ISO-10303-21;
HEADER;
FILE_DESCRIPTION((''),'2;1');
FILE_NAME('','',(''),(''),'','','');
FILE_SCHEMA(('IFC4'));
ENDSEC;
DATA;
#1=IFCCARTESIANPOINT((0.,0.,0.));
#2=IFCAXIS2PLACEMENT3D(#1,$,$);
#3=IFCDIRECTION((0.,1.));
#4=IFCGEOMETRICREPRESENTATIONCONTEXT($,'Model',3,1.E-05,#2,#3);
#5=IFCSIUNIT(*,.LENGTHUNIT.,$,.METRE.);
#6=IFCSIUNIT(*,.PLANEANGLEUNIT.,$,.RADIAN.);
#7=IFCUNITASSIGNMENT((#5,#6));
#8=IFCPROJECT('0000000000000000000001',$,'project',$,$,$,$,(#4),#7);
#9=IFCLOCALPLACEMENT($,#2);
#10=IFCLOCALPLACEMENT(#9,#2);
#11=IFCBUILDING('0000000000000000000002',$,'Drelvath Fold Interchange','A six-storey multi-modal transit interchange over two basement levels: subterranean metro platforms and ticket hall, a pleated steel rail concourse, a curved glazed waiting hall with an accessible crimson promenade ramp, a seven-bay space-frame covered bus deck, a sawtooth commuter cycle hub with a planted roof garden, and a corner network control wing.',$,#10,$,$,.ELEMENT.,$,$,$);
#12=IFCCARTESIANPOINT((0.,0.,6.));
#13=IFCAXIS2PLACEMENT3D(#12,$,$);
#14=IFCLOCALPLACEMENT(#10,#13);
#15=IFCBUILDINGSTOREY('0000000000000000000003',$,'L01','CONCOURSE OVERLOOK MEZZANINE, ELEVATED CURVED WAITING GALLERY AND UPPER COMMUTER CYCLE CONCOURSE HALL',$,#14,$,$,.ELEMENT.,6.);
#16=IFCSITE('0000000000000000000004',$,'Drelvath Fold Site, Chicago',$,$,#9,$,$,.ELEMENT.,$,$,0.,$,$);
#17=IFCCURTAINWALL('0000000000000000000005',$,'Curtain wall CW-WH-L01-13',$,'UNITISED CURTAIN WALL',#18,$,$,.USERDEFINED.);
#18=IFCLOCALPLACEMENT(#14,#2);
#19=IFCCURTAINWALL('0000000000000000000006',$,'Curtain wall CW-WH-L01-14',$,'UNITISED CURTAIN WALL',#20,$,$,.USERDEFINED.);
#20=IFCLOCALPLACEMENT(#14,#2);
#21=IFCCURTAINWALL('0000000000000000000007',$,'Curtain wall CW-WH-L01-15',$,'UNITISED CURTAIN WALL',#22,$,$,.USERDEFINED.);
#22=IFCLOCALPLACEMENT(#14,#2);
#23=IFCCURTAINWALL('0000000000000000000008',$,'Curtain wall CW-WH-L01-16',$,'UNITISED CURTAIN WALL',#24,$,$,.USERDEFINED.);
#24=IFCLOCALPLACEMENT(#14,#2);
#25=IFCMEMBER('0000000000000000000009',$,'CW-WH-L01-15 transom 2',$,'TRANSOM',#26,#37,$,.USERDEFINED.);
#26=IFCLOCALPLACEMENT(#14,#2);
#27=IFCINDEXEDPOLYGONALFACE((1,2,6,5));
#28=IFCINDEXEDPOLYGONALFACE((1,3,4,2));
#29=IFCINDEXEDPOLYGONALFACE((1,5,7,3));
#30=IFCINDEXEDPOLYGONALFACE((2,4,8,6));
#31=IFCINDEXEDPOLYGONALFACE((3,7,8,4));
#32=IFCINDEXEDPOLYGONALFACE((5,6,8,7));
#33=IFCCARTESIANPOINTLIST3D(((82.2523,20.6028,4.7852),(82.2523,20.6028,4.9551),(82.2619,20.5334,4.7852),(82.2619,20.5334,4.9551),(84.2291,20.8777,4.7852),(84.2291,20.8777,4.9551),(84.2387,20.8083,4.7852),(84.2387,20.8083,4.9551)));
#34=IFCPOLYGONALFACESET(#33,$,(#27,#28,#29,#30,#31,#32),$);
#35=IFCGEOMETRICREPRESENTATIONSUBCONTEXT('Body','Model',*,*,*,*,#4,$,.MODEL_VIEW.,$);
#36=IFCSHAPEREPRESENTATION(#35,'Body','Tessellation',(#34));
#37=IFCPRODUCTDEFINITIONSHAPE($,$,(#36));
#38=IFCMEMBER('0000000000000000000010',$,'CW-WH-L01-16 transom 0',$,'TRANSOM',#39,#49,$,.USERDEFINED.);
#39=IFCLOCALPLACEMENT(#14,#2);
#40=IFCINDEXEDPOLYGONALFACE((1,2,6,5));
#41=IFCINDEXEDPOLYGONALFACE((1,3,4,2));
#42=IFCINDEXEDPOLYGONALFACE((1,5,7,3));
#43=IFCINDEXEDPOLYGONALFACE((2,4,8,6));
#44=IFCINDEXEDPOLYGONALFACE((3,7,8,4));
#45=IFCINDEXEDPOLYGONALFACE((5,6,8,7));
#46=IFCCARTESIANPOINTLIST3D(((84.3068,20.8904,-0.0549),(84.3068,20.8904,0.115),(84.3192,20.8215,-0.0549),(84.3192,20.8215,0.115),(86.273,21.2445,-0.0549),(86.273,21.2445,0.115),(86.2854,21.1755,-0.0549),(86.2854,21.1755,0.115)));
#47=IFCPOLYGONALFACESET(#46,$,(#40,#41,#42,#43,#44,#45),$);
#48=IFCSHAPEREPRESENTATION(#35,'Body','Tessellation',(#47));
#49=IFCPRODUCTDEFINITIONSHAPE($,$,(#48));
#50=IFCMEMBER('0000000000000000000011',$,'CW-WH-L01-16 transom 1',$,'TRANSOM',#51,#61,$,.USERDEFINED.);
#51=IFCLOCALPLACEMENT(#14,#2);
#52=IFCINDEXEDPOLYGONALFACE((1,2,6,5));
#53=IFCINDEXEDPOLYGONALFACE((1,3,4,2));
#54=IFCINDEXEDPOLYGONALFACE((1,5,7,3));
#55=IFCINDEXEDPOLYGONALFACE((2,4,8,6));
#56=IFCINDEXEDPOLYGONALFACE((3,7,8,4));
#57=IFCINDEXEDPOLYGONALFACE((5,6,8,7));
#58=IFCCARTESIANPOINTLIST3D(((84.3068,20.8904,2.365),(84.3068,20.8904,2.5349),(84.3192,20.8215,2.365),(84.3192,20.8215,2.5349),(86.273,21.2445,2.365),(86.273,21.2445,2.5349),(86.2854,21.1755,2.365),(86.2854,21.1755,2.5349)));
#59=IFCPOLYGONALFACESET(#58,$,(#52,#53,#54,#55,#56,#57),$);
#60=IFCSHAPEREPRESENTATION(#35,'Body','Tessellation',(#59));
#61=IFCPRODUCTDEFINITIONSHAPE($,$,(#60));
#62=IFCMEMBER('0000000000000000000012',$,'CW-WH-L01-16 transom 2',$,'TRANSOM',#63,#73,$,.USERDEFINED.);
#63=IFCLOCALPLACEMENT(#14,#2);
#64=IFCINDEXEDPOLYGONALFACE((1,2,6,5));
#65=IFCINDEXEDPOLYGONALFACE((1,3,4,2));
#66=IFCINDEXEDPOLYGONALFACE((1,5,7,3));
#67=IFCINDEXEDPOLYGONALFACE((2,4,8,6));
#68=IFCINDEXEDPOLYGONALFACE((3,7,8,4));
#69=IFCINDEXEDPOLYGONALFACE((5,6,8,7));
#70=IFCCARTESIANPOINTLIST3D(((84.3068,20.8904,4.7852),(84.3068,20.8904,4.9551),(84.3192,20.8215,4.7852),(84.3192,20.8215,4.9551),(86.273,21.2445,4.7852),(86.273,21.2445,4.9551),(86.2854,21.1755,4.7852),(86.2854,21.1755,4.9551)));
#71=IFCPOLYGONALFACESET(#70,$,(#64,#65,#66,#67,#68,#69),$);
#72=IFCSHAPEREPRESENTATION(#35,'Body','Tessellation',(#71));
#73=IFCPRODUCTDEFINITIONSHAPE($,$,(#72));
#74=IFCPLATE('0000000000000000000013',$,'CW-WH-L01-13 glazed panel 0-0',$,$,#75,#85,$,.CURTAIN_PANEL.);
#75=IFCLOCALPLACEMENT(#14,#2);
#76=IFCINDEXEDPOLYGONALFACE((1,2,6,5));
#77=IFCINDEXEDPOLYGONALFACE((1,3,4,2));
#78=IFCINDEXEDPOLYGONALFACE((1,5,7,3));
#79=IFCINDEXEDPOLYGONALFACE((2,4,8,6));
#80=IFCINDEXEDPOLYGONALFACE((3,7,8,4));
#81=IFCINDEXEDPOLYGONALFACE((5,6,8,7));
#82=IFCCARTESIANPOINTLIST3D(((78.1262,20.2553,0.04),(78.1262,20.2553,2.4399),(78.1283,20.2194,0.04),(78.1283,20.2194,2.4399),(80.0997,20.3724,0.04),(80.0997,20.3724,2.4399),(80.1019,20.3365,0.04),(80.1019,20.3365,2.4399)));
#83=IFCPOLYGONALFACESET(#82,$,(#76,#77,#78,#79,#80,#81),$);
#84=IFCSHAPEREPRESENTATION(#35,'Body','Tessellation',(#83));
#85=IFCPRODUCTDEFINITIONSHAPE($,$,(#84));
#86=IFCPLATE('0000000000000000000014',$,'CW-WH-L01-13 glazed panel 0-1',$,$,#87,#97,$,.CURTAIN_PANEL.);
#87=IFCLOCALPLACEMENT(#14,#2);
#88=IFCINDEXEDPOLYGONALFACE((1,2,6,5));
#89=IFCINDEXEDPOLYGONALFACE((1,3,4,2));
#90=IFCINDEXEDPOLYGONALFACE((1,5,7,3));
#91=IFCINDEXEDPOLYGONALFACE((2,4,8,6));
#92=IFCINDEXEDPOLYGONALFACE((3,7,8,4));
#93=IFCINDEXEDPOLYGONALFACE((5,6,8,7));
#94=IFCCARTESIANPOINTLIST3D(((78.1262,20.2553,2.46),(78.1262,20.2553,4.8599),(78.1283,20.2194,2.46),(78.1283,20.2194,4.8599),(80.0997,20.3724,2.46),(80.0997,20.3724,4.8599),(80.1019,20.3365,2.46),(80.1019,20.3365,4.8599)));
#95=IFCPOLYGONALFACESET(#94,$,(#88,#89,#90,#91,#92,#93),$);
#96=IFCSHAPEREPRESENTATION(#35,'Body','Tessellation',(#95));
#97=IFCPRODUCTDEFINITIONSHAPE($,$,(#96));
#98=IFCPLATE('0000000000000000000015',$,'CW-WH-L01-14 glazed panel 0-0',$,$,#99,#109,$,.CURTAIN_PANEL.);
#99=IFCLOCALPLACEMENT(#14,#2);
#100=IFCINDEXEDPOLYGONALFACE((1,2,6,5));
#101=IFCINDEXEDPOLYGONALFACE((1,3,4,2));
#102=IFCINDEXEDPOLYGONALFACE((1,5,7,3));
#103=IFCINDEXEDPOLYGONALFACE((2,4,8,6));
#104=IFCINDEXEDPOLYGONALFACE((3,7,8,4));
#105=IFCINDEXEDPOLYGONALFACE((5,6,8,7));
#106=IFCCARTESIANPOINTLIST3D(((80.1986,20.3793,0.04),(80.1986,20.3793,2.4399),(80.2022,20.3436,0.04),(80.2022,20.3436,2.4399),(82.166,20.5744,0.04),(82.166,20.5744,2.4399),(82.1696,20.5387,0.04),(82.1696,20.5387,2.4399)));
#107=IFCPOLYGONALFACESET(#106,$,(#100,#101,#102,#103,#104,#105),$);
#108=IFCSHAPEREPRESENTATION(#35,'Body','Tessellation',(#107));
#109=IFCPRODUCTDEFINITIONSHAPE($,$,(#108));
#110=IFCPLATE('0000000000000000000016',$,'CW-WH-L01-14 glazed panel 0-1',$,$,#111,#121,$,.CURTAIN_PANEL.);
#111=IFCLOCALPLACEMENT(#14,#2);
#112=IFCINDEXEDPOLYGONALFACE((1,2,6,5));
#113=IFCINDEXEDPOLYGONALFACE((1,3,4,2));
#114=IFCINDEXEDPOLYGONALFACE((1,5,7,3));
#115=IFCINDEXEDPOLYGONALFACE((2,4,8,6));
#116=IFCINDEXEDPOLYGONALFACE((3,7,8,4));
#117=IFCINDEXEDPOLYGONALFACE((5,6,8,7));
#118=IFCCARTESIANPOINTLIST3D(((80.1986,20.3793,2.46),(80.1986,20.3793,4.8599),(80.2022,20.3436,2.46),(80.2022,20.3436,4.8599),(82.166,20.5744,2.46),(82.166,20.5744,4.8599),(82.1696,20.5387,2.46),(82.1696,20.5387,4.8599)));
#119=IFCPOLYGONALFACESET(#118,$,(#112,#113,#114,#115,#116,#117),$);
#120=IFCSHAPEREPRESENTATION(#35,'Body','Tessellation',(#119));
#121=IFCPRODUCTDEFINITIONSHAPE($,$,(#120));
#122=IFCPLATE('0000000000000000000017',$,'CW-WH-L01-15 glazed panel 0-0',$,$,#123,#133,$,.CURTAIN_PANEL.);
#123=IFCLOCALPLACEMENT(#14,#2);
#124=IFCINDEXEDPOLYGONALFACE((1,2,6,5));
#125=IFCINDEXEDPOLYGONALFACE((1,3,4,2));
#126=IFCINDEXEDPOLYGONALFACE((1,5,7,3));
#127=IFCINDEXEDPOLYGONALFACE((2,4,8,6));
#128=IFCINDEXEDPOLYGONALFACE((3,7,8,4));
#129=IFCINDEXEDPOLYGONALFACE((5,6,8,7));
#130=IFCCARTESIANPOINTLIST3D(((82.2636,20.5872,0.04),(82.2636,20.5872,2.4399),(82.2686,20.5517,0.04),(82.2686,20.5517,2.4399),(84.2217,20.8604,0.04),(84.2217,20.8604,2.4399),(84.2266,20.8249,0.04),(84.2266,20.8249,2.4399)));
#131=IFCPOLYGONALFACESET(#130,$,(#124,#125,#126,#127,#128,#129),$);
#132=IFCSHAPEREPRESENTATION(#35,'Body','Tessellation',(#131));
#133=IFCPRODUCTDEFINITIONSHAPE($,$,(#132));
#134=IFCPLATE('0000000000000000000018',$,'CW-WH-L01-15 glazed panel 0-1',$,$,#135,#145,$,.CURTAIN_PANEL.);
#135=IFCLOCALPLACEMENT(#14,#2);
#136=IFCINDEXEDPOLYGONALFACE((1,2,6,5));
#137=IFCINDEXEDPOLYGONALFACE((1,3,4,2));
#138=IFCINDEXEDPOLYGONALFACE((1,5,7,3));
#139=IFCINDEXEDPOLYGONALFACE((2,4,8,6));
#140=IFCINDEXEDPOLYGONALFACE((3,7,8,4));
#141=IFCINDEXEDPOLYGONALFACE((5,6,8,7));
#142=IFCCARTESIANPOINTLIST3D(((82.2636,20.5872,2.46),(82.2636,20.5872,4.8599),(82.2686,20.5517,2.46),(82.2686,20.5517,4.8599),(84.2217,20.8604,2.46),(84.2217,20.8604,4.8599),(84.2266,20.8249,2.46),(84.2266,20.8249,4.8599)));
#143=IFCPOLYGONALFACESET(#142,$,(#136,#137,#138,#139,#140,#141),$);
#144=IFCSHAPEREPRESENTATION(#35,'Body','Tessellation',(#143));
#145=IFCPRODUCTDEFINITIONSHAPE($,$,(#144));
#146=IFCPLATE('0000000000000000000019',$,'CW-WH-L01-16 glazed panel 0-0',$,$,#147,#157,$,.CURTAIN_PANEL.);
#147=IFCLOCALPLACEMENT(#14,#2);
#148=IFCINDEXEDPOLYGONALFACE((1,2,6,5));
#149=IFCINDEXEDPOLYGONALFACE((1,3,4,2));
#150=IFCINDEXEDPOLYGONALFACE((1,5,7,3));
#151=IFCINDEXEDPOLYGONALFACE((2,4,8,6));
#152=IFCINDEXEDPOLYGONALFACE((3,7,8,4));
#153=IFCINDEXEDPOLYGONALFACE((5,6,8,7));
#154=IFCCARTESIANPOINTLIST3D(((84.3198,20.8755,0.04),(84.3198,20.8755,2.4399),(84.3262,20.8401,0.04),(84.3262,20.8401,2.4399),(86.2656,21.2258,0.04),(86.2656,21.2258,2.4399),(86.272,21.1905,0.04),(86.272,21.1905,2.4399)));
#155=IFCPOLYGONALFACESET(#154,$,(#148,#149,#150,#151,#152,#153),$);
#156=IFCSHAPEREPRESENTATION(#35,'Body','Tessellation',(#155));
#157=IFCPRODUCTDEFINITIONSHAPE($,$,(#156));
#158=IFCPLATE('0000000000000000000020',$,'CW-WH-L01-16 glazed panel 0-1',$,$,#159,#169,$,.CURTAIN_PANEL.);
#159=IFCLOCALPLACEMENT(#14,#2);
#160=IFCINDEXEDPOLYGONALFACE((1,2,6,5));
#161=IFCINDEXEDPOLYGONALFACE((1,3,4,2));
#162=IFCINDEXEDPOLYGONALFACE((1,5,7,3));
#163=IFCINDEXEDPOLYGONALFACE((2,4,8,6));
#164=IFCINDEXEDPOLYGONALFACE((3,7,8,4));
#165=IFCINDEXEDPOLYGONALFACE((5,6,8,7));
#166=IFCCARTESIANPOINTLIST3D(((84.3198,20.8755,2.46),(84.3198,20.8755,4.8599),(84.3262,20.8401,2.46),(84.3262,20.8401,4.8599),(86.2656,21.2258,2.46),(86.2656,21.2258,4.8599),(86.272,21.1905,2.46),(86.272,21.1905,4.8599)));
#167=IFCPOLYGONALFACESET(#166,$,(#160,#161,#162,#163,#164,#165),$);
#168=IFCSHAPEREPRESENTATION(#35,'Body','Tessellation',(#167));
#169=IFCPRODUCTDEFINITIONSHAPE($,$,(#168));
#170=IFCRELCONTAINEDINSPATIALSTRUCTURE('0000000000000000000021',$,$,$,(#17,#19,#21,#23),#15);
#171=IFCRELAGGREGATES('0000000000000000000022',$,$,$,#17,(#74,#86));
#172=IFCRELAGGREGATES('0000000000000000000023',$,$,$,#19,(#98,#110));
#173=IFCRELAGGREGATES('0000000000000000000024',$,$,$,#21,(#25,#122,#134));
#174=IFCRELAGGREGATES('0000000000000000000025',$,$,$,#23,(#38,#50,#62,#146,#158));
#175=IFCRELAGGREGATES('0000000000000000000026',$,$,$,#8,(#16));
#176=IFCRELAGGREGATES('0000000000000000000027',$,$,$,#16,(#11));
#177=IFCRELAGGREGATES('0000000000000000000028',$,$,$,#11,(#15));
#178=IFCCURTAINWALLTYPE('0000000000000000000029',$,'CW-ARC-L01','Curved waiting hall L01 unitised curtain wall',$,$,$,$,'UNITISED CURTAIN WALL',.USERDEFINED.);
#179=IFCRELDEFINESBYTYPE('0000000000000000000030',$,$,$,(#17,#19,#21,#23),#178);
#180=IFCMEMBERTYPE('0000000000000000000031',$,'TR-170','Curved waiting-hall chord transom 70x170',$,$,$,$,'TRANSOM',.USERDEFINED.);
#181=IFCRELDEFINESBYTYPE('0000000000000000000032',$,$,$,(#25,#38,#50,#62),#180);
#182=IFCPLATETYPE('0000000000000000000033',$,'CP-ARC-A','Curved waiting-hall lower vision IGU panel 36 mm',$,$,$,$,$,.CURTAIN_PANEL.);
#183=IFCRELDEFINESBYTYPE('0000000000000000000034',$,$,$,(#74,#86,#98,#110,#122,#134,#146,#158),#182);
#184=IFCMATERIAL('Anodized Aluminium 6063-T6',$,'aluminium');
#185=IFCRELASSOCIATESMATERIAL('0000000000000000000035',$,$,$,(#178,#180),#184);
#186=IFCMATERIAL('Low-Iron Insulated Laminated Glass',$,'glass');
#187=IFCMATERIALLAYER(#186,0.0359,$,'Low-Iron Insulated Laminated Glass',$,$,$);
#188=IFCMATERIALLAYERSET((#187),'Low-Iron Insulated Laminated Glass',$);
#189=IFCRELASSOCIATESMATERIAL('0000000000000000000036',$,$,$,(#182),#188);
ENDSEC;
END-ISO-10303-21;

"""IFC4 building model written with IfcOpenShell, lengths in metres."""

from ifc_helpers import new_model, si_unit, direction, frame, origin, origin_2d, place, context, subcontext, project, spatial, rectangle, extrude, material, layer, layer_set, material_profile, profile_set, type_object, element, aggregate, save


model = new_model("IFC4")

# Units and contexts
model_context = context("Model", 3, precision=1e-05, world=origin(), true_north=direction((0.0, 1.0)))
body_context = subcontext(model_context, "Body", "Model", "MODEL_VIEW")
ifc_project = project(units=[si_unit("LENGTHUNIT", "METRE"), si_unit("PLANEANGLEUNIT", "RADIAN")], contexts=[model_context])

# Site, building, storey
site_placement = place(None, origin())
site = spatial("IfcSite", under=ifc_project, at=site_placement, Name="Drelvath Fold Site, Chicago", CompositionType="ELEMENT", RefElevation=0.0)
building_placement = place(site_placement, origin())
building = spatial("IfcBuilding", under=site, at=building_placement, Name="Drelvath Fold Interchange", Description="A six-storey multi-modal transit interchange over two basement levels: subterranean metro platforms and ticket hall, a pleated steel rail concourse, a curved glazed waiting hall with an accessible crimson promenade ramp, a seven-bay space-frame covered bus deck, a sawtooth commuter cycle hub with a planted roof garden, and a corner network control wing.", CompositionType="ELEMENT")
storey_placement = place(building_placement, frame((0.0, 0.0, 6.0)))
storey = spatial("IfcBuildingStorey", under=building, at=storey_placement, Name="L01", Description="CONCOURSE OVERLOOK MEZZANINE, ELEVATED CURVED WAITING GALLERY AND UPPER COMMUTER CYCLE CONCOURSE HALL", CompositionType="ELEMENT", Elevation=6.0)

# Curtain wall
ifc_material_1 = material(Name="Anodized Aluminium 6063-T6", Category="aluminium")
curtain_wall_type = type_object("IfcCurtainWallType", Name="CW-ARC-L01", Description="Curved waiting hall L01 unitised curtain wall", ElementType="UNITISED CURTAIN WALL", PredefinedType="USERDEFINED", material=ifc_material_1)
curtain_wall_1_placement = place(storey_placement, origin())
curtain_wall_1 = element("IfcCurtainWall", 1, at=curtain_wall_1_placement, inside=storey, type_object=curtain_wall_type, Name="Curtain wall CW-WH-L01-13", ObjectType="UNITISED CURTAIN WALL", PredefinedType="USERDEFINED")

# Curtain walls
curtain_wall_2_placement = place(storey_placement, origin())
curtain_wall_2 = element("IfcCurtainWall", 2, at=curtain_wall_2_placement, inside=storey, type_object=curtain_wall_type, Name="Curtain wall CW-WH-L01-14", ObjectType="UNITISED CURTAIN WALL", PredefinedType="USERDEFINED")
curtain_wall_3_placement = place(storey_placement, origin())
curtain_wall_3 = element("IfcCurtainWall", 3, at=curtain_wall_3_placement, inside=storey, type_object=curtain_wall_type, Name="Curtain wall CW-WH-L01-15", ObjectType="UNITISED CURTAIN WALL", PredefinedType="USERDEFINED")
curtain_wall_4_placement = place(storey_placement, origin())
curtain_wall_4 = element("IfcCurtainWall", 4, at=curtain_wall_4_placement, inside=storey, type_object=curtain_wall_type, Name="Curtain wall CW-WH-L01-16", ObjectType="UNITISED CURTAIN WALL", PredefinedType="USERDEFINED")

# Members
ifc_material_profile_1 = material_profile(ifc_material_1, rectangle(XDim=0.0701, YDim=0.1699, at=origin_2d()), Name="AL-T 70x170")
ifc_profile_set_1 = profile_set([ifc_material_profile_1], Name="Anodized Aluminium 6063-T6")
member_type_1 = type_object("IfcMemberType", Name="TR-170", Description="Curved waiting-hall chord transom 70x170", ElementType="TRANSOM", PredefinedType="USERDEFINED", material=ifc_profile_set_1)
member_1_placement = place(storey_placement, frame((82.2571, 20.5681, 4.8701), z_axis=(0.990469, 0.137738, 0.0), x_axis=(-0.137738, 0.990469, 0.0)))
member_1 = element("IfcMember", 5, at=member_1_placement, type_object=member_type_1, Name="CW-WH-L01-15 transom 2", ObjectType="TRANSOM", PredefinedType="USERDEFINED", context=body_context, shape_type="SweptSolid", body=[
    extrude(rectangle(XDim=0.0701, YDim=0.1699, at=origin_2d()), origin(), (0.0, 0.0, 1.0), 1.9958),
])
member_2_placement = place(storey_placement, frame((84.313, 20.856, 0.03), z_axis=(0.984174, 0.177207, 0.0), x_axis=(-0.177207, 0.984174, 0.0)))
member_2 = element("IfcMember", 6, at=member_2_placement, type_object=member_type_1, Name="CW-WH-L01-16 transom 0", ObjectType="TRANSOM", PredefinedType="USERDEFINED", context=body_context, shape_type="SweptSolid", body=[
    extrude(rectangle(XDim=0.0701, YDim=0.1699, at=origin_2d()), origin(), (0.0, 0.0, 1.0), 1.9978),
])
member_3_placement = place(storey_placement, frame((84.313, 20.856, 2.45), z_axis=(0.984174, 0.177207, 0.0), x_axis=(-0.177207, 0.984174, 0.0)))
member_3 = element("IfcMember", 7, at=member_3_placement, type_object=member_type_1, Name="CW-WH-L01-16 transom 1", ObjectType="TRANSOM", PredefinedType="USERDEFINED", context=body_context, shape_type="SweptSolid", body=[
    extrude(rectangle(XDim=0.0701, YDim=0.1699, at=origin_2d()), origin(), (0.0, 0.0, 1.0), 1.9978),
])
member_4_placement = place(storey_placement, frame((84.313, 20.856, 4.8701), z_axis=(0.984174, 0.177207, 0.0), x_axis=(-0.177207, 0.984174, 0.0)))
member_4 = element("IfcMember", 8, at=member_4_placement, type_object=member_type_1, Name="CW-WH-L01-16 transom 2", ObjectType="TRANSOM", PredefinedType="USERDEFINED", context=body_context, shape_type="SweptSolid", body=[
    extrude(rectangle(XDim=0.0701, YDim=0.1699, at=origin_2d()), origin(), (0.0, 0.0, 1.0), 1.9978),
])

# Plates
ifc_material_2 = material(Name="Low-Iron Insulated Laminated Glass", Category="glass")
ifc_layer = layer(ifc_material_2, 0.0359, Name="Low-Iron Insulated Laminated Glass")
ifc_layer_set = layer_set([ifc_layer], Name="Low-Iron Insulated Laminated Glass")
plate_type = type_object("IfcPlateType", Name="CP-ARC-A", Description="Curved waiting-hall lower vision IGU panel 36 mm", PredefinedType="CURTAIN_PANEL", material=ifc_layer_set)
plate_1_placement = place(storey_placement, frame((79.114, 20.2959, 0.04), z_axis=(0.0, 0.0, 1.0), x_axis=(0.998244, 0.059237, 0.0)))
plate_1 = element("IfcPlate", 9, at=plate_1_placement, type_object=plate_type, Name="CW-WH-L01-13 glazed panel 0-0", PredefinedType="CURTAIN_PANEL", context=body_context, shape_type="SweptSolid", body=[
    extrude(rectangle(XDim=1.9771, YDim=0.0359, at=origin_2d()), origin(), (0.0, 0.0, 1.0), 2.3999),
])
plate_2_placement = place(storey_placement, frame((79.114, 20.2959, 2.46), z_axis=(0.0, 0.0, 1.0), x_axis=(0.998244, 0.059237, 0.0)))
plate_2 = element("IfcPlate", 10, at=plate_2_placement, type_object=plate_type, Name="CW-WH-L01-13 glazed panel 0-1", PredefinedType="CURTAIN_PANEL", context=body_context, shape_type="SweptSolid", body=[
    extrude(rectangle(XDim=1.9771, YDim=0.0359, at=origin_2d()), origin(), (0.0, 0.0, 1.0), 2.3999),
])
aggregate(curtain_wall_1, [plate_1, plate_2])
plate_3_placement = place(storey_placement, frame((81.1841, 20.459, 0.04), z_axis=(0.0, 0.0, 1.0), x_axis=(0.995118, 0.098695, 0.0)))
plate_3 = element("IfcPlate", 11, at=plate_3_placement, type_object=plate_type, Name="CW-WH-L01-14 glazed panel 0-0", PredefinedType="CURTAIN_PANEL", context=body_context, shape_type="SweptSolid", body=[
    extrude(rectangle(XDim=1.9771, YDim=0.0359, at=origin_2d()), origin(), (0.0, 0.0, 1.0), 2.3999),
])
plate_4_placement = place(storey_placement, frame((81.1841, 20.459, 2.46), z_axis=(0.0, 0.0, 1.0), x_axis=(0.995118, 0.098695, 0.0)))
plate_4 = element("IfcPlate", 12, at=plate_4_placement, type_object=plate_type, Name="CW-WH-L01-14 glazed panel 0-1", PredefinedType="CURTAIN_PANEL", context=body_context, shape_type="SweptSolid", body=[
    extrude(rectangle(XDim=1.9771, YDim=0.0359, at=origin_2d()), origin(), (0.0, 0.0, 1.0), 2.3999),
])
aggregate(curtain_wall_2, [plate_3, plate_4])
plate_5_placement = place(storey_placement, frame((83.2451, 20.7061, 0.04), z_axis=(0.0, 0.0, 1.0), x_axis=(0.990406, 0.138188, 0.0)))
plate_5 = element("IfcPlate", 13, at=plate_5_placement, type_object=plate_type, Name="CW-WH-L01-15 glazed panel 0-0", PredefinedType="CURTAIN_PANEL", context=body_context, shape_type="SweptSolid", body=[
    extrude(rectangle(XDim=1.9771, YDim=0.0359, at=origin_2d()), origin(), (0.0, 0.0, 1.0), 2.3999),
])
plate_6_placement = place(storey_placement, frame((83.2451, 20.7061, 2.46), z_axis=(0.0, 0.0, 1.0), x_axis=(0.990406, 0.138188, 0.0)))
plate_6 = element("IfcPlate", 14, at=plate_6_placement, type_object=plate_type, Name="CW-WH-L01-15 glazed panel 0-1", PredefinedType="CURTAIN_PANEL", context=body_context, shape_type="SweptSolid", body=[
    extrude(rectangle(XDim=1.9771, YDim=0.0359, at=origin_2d()), origin(), (0.0, 0.0, 1.0), 2.3999),
])
aggregate(curtain_wall_3, [member_1, plate_5, plate_6])
plate_7_placement = place(storey_placement, frame((85.2959, 21.033, 0.04), z_axis=(0.0, 0.0, 1.0), x_axis=(0.984177, 0.177188, 0.0)))
plate_7 = element("IfcPlate", 15, at=plate_7_placement, type_object=plate_type, Name="CW-WH-L01-16 glazed panel 0-0", PredefinedType="CURTAIN_PANEL", context=body_context, shape_type="SweptSolid", body=[
    extrude(rectangle(XDim=1.9771, YDim=0.0359, at=origin_2d()), origin(), (0.0, 0.0, 1.0), 2.3999),
])
plate_8_placement = place(storey_placement, frame((85.2959, 21.033, 2.46), z_axis=(0.0, 0.0, 1.0), x_axis=(0.984177, 0.177188, 0.0)))
plate_8 = element("IfcPlate", 16, at=plate_8_placement, type_object=plate_type, Name="CW-WH-L01-16 glazed panel 0-1", PredefinedType="CURTAIN_PANEL", context=body_context, shape_type="SweptSolid", body=[
    extrude(rectangle(XDim=1.9771, YDim=0.0359, at=origin_2d()), origin(), (0.0, 0.0, 1.0), 2.3999),
])
aggregate(curtain_wall_4, [member_2, member_3, member_4, plate_7, plate_8])

save(model, "model.ifc")
